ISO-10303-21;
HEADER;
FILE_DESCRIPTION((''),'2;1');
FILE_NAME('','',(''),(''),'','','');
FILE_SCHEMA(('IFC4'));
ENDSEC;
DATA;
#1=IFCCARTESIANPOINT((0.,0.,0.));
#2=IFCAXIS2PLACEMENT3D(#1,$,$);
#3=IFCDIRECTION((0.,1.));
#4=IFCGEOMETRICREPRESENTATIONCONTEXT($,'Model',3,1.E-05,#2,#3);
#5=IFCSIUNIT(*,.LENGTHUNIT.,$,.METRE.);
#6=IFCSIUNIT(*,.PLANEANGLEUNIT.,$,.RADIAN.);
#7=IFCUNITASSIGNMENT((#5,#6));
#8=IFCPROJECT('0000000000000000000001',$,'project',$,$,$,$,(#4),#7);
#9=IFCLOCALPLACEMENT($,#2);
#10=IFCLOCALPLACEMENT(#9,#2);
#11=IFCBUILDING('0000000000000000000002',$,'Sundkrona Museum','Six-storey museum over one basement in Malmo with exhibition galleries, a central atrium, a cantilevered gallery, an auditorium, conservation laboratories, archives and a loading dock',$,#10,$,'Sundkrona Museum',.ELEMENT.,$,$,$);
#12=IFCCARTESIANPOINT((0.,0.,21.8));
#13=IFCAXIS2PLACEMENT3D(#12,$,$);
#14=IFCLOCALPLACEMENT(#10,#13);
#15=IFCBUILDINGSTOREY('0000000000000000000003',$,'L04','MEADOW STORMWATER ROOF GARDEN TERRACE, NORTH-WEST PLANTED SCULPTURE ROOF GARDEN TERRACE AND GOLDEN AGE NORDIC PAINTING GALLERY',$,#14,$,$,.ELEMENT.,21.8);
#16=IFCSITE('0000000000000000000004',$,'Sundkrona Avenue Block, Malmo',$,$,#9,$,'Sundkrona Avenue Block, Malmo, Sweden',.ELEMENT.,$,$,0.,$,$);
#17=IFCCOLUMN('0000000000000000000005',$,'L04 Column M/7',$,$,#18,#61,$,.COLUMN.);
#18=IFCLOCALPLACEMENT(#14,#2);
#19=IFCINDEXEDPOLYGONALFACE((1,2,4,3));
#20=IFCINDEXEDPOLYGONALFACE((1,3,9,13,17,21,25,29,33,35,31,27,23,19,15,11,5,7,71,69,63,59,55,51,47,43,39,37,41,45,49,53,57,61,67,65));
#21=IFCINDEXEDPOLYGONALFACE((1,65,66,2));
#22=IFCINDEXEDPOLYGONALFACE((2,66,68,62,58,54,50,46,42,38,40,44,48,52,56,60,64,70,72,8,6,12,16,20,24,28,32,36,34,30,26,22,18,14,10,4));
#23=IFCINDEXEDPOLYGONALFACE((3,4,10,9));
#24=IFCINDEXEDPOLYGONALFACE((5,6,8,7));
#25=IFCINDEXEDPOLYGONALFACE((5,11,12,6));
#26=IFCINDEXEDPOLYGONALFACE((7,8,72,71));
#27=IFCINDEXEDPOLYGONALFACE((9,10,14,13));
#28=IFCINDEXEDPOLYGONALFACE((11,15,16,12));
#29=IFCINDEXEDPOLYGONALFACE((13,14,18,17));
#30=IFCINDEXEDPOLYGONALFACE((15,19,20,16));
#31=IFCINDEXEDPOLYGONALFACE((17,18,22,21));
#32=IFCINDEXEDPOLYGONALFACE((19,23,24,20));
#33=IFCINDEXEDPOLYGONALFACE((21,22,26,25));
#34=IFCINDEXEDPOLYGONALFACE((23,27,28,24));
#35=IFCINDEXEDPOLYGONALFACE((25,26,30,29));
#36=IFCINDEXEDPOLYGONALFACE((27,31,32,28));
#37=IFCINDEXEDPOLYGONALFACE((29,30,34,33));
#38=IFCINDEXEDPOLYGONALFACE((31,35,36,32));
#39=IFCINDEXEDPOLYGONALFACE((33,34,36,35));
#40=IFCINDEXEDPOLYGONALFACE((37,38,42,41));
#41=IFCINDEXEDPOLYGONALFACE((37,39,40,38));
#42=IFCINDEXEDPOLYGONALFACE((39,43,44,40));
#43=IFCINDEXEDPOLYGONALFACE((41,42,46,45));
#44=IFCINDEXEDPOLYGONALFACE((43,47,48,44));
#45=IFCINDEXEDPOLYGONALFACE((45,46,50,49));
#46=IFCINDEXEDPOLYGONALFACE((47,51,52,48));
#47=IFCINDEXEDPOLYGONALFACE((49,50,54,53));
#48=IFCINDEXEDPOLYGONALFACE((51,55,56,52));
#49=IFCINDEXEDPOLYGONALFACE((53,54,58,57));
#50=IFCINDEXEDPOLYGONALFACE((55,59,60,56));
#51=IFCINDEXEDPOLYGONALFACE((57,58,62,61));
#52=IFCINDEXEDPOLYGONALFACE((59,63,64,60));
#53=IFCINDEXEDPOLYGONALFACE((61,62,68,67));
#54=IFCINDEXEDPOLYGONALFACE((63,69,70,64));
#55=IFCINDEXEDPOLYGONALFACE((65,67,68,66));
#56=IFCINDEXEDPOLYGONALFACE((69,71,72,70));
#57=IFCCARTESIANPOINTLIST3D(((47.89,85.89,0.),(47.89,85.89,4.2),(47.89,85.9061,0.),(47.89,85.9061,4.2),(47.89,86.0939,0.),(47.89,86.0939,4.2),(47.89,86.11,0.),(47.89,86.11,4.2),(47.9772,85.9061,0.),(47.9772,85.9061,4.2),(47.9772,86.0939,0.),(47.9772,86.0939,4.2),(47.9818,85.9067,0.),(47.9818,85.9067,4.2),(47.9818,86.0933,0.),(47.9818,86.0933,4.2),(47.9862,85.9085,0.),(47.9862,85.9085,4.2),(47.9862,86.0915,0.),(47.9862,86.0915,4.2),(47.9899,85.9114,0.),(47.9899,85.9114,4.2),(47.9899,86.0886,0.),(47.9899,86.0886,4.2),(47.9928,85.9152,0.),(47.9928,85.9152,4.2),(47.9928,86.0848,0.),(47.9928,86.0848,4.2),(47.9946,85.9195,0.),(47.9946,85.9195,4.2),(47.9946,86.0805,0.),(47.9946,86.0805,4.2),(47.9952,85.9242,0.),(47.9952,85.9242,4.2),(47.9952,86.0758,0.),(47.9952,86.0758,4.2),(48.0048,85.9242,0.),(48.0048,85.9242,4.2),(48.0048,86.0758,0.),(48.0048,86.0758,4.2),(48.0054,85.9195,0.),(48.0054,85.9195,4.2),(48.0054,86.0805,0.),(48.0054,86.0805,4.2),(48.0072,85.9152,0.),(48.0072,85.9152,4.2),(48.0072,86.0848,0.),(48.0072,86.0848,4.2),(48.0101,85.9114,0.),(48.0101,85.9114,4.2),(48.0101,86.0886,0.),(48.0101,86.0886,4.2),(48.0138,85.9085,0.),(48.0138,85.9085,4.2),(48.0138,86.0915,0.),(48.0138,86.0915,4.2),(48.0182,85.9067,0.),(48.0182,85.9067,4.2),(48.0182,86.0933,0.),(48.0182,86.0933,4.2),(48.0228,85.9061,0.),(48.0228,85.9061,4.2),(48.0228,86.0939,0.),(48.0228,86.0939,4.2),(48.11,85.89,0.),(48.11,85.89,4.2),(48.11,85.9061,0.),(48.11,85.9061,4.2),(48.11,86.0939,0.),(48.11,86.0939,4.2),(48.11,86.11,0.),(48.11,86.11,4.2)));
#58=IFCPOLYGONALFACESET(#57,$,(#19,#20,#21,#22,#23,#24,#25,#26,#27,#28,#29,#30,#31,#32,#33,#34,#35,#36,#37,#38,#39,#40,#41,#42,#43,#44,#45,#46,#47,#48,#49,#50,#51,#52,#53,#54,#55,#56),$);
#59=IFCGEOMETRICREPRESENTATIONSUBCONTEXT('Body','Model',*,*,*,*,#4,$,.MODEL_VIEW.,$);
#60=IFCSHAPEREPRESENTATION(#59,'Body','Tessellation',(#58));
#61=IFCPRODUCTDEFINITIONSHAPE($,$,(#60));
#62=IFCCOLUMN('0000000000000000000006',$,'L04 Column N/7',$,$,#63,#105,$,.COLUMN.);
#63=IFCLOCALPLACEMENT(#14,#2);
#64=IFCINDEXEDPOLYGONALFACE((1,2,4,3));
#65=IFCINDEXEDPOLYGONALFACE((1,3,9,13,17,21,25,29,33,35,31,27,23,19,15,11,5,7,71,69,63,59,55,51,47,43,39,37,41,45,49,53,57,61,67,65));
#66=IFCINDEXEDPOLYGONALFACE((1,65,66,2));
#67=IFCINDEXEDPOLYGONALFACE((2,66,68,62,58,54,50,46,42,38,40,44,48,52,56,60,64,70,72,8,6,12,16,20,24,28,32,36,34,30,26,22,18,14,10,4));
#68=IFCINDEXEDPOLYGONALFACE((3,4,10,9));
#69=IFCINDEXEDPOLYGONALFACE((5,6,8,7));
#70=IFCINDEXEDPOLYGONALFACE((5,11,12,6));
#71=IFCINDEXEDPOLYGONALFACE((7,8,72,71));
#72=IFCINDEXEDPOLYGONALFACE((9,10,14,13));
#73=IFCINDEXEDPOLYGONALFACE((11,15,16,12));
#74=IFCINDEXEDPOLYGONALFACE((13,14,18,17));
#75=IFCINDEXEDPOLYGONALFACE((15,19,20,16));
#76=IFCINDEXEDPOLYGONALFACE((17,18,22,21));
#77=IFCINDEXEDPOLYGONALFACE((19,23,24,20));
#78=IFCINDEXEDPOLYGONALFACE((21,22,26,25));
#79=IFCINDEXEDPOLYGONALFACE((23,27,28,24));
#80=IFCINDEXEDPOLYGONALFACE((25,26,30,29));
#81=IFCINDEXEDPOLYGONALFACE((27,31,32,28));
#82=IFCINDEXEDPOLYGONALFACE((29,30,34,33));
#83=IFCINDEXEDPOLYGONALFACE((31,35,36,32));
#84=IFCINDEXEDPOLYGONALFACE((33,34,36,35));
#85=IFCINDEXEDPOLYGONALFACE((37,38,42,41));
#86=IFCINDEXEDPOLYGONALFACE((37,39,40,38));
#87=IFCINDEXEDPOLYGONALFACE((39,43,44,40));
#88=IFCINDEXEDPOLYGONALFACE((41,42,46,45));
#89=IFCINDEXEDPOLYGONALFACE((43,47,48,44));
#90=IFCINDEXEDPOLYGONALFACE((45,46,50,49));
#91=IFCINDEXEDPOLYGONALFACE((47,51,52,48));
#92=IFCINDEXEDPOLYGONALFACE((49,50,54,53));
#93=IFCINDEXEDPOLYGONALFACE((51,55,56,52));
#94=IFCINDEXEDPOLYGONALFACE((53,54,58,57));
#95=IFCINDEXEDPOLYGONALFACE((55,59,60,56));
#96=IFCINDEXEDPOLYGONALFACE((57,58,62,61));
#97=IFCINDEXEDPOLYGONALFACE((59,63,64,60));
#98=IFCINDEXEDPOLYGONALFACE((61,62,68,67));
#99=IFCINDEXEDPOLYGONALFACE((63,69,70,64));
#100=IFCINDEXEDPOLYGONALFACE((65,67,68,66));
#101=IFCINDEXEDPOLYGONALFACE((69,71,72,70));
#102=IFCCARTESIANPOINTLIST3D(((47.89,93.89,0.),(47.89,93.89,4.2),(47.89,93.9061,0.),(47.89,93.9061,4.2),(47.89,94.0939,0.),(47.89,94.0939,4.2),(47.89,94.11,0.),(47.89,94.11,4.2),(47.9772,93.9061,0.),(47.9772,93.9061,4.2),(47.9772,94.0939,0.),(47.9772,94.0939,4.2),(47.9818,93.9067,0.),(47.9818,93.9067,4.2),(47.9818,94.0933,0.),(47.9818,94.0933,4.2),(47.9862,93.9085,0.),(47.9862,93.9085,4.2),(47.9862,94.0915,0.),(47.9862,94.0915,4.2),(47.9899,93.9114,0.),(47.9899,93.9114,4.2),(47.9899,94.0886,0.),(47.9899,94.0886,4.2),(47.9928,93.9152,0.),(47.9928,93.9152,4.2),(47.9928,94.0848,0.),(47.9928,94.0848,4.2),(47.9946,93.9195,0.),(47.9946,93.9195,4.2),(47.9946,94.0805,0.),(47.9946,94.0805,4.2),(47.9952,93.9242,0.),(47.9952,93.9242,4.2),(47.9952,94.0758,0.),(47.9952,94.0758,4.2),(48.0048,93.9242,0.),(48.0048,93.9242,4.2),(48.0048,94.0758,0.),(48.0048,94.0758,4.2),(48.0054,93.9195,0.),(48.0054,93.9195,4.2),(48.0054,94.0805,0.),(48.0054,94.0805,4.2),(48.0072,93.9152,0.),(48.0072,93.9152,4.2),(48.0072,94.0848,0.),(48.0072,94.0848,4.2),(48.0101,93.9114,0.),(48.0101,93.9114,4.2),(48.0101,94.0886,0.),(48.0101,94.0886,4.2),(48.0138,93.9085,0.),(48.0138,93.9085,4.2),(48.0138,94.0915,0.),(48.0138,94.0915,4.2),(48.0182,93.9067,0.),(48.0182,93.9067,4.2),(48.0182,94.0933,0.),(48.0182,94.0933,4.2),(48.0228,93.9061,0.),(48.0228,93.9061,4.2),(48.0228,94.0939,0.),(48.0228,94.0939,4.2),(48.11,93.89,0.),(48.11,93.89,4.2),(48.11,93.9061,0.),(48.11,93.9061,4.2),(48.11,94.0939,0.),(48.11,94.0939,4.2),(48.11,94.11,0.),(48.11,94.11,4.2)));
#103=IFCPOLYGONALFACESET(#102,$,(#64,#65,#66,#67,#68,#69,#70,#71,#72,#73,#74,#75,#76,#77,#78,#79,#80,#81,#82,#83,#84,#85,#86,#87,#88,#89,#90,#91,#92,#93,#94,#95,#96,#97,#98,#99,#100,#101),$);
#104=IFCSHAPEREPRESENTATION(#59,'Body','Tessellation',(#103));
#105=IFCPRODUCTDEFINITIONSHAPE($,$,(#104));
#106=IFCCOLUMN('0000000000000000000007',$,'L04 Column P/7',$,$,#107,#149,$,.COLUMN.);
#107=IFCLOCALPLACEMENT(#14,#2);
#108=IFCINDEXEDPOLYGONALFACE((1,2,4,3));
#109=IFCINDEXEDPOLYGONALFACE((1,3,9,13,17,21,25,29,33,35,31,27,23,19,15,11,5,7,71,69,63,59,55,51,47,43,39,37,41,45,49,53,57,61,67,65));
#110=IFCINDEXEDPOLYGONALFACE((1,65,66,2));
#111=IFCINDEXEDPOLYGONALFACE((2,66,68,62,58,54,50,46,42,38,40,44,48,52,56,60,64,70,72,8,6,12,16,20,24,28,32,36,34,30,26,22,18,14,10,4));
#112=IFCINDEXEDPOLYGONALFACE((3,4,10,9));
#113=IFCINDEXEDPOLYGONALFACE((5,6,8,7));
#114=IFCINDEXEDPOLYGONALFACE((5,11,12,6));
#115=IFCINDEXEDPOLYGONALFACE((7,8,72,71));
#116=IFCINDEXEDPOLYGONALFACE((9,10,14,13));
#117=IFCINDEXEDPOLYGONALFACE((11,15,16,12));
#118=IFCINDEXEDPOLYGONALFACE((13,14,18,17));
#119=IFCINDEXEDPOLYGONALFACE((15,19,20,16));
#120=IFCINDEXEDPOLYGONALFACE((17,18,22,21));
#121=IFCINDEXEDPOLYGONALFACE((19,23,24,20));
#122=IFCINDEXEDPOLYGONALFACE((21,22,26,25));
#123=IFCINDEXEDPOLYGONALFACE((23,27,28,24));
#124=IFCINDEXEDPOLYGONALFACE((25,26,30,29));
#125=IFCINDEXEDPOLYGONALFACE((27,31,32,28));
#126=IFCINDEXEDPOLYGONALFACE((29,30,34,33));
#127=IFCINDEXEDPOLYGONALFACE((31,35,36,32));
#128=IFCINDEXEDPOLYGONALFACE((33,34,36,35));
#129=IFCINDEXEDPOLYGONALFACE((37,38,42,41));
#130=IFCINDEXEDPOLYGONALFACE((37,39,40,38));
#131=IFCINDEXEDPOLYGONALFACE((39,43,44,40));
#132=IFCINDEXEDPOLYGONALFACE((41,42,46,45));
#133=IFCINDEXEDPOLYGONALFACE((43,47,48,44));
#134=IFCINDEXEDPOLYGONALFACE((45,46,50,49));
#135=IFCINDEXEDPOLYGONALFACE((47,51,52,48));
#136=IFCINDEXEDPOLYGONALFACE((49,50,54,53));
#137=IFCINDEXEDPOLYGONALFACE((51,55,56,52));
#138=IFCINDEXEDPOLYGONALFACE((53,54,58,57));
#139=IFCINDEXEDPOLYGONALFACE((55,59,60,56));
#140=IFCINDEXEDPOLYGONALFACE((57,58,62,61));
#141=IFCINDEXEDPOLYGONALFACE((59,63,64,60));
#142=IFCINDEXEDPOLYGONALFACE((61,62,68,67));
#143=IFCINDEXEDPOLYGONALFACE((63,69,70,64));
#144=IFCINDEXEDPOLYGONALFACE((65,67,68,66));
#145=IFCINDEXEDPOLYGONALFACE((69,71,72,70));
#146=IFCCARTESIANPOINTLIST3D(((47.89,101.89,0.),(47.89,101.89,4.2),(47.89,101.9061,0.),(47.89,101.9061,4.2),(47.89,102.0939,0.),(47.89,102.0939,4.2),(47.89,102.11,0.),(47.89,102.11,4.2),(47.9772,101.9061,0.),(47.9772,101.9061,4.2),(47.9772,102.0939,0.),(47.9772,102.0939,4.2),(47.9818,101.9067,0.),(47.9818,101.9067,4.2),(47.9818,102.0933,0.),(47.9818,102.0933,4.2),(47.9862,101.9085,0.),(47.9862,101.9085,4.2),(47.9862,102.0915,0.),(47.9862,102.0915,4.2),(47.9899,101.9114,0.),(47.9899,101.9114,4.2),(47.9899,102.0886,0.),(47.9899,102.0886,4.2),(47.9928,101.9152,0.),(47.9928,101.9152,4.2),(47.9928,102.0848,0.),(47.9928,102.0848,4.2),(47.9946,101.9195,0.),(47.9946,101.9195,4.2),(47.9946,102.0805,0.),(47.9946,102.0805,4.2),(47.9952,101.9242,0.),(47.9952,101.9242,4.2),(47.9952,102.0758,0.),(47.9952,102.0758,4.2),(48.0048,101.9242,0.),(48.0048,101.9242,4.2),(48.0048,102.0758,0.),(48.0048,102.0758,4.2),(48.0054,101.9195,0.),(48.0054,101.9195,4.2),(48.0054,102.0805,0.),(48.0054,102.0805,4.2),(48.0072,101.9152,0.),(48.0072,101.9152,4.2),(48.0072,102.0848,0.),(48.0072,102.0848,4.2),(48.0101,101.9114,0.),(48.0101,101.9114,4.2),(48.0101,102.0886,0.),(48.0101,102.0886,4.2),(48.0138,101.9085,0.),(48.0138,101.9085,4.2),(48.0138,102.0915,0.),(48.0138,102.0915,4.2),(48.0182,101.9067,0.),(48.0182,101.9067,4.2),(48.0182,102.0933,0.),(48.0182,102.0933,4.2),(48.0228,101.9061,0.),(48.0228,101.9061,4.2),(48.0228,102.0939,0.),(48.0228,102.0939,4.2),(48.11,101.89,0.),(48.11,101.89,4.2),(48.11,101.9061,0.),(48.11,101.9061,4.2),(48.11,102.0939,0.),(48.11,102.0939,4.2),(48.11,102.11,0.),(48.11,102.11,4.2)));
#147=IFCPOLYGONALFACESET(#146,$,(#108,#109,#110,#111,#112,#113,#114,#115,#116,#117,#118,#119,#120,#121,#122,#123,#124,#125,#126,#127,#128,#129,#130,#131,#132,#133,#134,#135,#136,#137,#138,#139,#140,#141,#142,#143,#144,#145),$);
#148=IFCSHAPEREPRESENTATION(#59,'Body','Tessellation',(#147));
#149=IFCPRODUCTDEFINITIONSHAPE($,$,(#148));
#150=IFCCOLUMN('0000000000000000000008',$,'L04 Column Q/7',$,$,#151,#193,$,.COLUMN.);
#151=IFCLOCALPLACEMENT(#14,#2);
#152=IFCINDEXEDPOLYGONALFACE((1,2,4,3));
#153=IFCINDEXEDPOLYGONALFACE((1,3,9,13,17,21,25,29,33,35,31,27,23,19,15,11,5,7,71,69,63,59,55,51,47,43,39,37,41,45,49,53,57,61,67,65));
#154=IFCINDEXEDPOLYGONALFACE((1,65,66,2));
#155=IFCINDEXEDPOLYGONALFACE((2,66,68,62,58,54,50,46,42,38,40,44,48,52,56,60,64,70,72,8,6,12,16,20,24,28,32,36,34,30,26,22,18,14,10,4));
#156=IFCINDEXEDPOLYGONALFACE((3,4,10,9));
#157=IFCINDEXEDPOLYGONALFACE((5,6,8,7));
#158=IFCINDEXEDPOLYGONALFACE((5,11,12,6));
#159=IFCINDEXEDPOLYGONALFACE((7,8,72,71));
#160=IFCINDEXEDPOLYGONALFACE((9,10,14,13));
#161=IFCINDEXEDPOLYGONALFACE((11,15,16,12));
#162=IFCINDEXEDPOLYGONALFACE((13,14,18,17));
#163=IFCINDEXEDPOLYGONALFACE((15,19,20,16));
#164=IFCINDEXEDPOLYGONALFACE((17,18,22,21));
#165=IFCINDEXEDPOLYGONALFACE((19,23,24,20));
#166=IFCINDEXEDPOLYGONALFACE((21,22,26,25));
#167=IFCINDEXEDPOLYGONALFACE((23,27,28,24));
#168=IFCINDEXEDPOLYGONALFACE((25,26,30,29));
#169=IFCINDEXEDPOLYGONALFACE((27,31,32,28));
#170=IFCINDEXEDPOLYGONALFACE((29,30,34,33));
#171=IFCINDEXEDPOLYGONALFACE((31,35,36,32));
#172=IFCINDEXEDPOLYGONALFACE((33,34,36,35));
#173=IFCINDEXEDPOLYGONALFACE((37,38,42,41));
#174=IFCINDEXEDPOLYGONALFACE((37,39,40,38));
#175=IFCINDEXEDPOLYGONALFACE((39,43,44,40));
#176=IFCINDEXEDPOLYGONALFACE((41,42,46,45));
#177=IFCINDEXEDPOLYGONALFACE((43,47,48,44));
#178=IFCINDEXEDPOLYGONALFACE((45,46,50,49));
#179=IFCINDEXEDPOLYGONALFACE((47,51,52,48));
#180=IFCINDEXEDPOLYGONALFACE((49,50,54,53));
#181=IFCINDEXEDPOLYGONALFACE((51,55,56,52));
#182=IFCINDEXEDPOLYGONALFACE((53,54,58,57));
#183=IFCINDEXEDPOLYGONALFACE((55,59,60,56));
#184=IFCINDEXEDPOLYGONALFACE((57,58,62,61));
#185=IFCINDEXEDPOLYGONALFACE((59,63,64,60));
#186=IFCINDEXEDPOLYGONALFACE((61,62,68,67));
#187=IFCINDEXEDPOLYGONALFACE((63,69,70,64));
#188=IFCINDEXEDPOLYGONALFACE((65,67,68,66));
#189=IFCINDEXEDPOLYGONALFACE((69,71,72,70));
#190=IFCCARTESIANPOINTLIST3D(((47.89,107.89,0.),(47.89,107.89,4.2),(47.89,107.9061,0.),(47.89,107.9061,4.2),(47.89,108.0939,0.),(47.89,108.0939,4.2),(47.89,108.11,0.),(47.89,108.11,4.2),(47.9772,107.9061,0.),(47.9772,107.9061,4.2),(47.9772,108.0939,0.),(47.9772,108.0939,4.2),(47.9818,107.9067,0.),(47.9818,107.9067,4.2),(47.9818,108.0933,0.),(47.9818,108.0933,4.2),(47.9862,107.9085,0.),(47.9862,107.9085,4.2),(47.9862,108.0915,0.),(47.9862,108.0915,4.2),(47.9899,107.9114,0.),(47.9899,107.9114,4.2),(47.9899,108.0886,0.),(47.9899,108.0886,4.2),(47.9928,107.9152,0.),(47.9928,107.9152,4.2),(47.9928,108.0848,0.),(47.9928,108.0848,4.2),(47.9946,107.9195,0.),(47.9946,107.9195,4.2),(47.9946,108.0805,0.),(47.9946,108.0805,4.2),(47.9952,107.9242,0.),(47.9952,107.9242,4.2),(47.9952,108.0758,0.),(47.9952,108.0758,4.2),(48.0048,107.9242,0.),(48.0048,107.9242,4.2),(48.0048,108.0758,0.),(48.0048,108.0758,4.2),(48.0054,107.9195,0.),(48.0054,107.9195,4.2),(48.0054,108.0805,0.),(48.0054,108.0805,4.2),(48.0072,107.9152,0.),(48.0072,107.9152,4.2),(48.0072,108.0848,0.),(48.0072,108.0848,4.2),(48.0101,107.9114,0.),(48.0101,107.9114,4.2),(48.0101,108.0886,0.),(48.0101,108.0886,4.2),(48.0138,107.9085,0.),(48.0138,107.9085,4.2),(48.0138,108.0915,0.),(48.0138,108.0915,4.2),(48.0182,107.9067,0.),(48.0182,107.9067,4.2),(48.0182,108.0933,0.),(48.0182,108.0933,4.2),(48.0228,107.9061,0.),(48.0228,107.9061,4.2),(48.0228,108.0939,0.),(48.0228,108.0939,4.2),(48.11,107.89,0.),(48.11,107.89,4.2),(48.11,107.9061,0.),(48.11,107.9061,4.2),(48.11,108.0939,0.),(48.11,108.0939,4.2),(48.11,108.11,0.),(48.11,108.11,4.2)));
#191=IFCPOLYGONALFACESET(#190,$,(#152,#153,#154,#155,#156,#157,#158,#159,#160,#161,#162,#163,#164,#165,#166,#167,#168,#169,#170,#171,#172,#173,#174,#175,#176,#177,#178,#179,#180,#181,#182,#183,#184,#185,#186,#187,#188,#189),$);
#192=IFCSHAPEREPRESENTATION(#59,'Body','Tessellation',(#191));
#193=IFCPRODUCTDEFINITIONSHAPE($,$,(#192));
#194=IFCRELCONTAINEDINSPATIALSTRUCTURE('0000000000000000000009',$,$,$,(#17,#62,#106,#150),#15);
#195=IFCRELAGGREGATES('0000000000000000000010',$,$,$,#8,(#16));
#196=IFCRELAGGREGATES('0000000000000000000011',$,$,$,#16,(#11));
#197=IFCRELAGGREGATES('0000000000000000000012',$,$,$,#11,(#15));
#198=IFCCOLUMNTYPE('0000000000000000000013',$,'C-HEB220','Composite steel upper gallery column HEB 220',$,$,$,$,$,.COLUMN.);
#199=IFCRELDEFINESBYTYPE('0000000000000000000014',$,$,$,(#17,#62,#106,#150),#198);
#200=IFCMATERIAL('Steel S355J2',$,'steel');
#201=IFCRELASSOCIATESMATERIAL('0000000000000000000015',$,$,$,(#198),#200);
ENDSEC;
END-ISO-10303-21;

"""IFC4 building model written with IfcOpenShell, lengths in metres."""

from ifc_helpers import new_model, si_unit, direction, frame, origin, origin_2d, place, context, subcontext, project, spatial, i_section, extrude, material, material_profile, profile_set, type_object, element, save


model = new_model("IFC4")

# Units and contexts
model_context = context("Model", 3, precision=1e-05, world=origin(), true_north=direction((0.0, 1.0)))
body_context = subcontext(model_context, "Body", "Model", "MODEL_VIEW")
ifc_project = project(units=[si_unit("LENGTHUNIT", "METRE"), si_unit("PLANEANGLEUNIT", "RADIAN")], contexts=[model_context])

# Site, building, storey
site_placement = place(None, origin())
site = spatial("IfcSite", under=ifc_project, at=site_placement, Name="Sundkrona Avenue Block, Malmo", LongName="Sundkrona Avenue Block, Malmo, Sweden", CompositionType="ELEMENT", RefElevation=0.0)
building_placement = place(site_placement, origin())
building = spatial("IfcBuilding", under=site, at=building_placement, Name="Sundkrona Museum", Description="Six-storey museum over one basement in Malmo with exhibition galleries, a central atrium, a cantilevered gallery, an auditorium, conservation laboratories, archives and a loading dock", LongName="Sundkrona Museum", CompositionType="ELEMENT")
storey_placement = place(building_placement, frame((0.0, 0.0, 21.8)))
storey = spatial("IfcBuildingStorey", under=building, at=storey_placement, Name="L04", Description="MEADOW STORMWATER ROOF GARDEN TERRACE, NORTH-WEST PLANTED SCULPTURE ROOF GARDEN TERRACE AND GOLDEN AGE NORDIC PAINTING GALLERY", CompositionType="ELEMENT", Elevation=21.8)

# Columns
ifc_material_1 = material(Name="Steel S355J2", Category="steel")
ifc_material_profile = material_profile(ifc_material_1, i_section(OverallWidth=0.22, OverallDepth=0.22, WebThickness=0.0095, FlangeThickness=0.0161, FilletRadius=0.0181, at=origin_2d()), Name="HEB 220")
ifc_profile_set = profile_set([ifc_material_profile], Name="Steel S355J2")
column_type = type_object("IfcColumnType", Name="C-HEB220", Description="Composite steel upper gallery column HEB 220", PredefinedType="COLUMN", material=ifc_profile_set)
for number, where, z_axis, x_axis, name in (
    (1, (48.0, 86.0, 0.0), (0.0, 0.0, 1.0), (1.0, 0.0, 0.0), "L04 Column M/7"),
    (2, (48.0, 94.0, 0.0), (0.0, 0.0, 1.0), (1.0, 0.0, 0.0), "L04 Column N/7"),
    (3, (48.0, 102.0, 0.0), (0.0, 0.0, 1.0), (1.0, 0.0, 0.0), "L04 Column P/7"),
    (4, (48.0, 108.0, 0.0), (0.0, 0.0, 1.0), (1.0, 0.0, 0.0), "L04 Column Q/7"),
):
    element("IfcColumn", number, at=place(storey_placement, frame(where, z_axis=z_axis, x_axis=x_axis)), inside=storey, type_object=column_type, Name=name, PredefinedType="COLUMN", context=body_context, shape_type="SweptSolid", body=[
        extrude(i_section(OverallWidth=0.22, OverallDepth=0.22, WebThickness=0.0095, FlangeThickness=0.0161, FilletRadius=0.0181, at=origin_2d()), origin(), (0.0, 0.0, 1.0), 4.2),
    ])

save(model, "model.ifc")
